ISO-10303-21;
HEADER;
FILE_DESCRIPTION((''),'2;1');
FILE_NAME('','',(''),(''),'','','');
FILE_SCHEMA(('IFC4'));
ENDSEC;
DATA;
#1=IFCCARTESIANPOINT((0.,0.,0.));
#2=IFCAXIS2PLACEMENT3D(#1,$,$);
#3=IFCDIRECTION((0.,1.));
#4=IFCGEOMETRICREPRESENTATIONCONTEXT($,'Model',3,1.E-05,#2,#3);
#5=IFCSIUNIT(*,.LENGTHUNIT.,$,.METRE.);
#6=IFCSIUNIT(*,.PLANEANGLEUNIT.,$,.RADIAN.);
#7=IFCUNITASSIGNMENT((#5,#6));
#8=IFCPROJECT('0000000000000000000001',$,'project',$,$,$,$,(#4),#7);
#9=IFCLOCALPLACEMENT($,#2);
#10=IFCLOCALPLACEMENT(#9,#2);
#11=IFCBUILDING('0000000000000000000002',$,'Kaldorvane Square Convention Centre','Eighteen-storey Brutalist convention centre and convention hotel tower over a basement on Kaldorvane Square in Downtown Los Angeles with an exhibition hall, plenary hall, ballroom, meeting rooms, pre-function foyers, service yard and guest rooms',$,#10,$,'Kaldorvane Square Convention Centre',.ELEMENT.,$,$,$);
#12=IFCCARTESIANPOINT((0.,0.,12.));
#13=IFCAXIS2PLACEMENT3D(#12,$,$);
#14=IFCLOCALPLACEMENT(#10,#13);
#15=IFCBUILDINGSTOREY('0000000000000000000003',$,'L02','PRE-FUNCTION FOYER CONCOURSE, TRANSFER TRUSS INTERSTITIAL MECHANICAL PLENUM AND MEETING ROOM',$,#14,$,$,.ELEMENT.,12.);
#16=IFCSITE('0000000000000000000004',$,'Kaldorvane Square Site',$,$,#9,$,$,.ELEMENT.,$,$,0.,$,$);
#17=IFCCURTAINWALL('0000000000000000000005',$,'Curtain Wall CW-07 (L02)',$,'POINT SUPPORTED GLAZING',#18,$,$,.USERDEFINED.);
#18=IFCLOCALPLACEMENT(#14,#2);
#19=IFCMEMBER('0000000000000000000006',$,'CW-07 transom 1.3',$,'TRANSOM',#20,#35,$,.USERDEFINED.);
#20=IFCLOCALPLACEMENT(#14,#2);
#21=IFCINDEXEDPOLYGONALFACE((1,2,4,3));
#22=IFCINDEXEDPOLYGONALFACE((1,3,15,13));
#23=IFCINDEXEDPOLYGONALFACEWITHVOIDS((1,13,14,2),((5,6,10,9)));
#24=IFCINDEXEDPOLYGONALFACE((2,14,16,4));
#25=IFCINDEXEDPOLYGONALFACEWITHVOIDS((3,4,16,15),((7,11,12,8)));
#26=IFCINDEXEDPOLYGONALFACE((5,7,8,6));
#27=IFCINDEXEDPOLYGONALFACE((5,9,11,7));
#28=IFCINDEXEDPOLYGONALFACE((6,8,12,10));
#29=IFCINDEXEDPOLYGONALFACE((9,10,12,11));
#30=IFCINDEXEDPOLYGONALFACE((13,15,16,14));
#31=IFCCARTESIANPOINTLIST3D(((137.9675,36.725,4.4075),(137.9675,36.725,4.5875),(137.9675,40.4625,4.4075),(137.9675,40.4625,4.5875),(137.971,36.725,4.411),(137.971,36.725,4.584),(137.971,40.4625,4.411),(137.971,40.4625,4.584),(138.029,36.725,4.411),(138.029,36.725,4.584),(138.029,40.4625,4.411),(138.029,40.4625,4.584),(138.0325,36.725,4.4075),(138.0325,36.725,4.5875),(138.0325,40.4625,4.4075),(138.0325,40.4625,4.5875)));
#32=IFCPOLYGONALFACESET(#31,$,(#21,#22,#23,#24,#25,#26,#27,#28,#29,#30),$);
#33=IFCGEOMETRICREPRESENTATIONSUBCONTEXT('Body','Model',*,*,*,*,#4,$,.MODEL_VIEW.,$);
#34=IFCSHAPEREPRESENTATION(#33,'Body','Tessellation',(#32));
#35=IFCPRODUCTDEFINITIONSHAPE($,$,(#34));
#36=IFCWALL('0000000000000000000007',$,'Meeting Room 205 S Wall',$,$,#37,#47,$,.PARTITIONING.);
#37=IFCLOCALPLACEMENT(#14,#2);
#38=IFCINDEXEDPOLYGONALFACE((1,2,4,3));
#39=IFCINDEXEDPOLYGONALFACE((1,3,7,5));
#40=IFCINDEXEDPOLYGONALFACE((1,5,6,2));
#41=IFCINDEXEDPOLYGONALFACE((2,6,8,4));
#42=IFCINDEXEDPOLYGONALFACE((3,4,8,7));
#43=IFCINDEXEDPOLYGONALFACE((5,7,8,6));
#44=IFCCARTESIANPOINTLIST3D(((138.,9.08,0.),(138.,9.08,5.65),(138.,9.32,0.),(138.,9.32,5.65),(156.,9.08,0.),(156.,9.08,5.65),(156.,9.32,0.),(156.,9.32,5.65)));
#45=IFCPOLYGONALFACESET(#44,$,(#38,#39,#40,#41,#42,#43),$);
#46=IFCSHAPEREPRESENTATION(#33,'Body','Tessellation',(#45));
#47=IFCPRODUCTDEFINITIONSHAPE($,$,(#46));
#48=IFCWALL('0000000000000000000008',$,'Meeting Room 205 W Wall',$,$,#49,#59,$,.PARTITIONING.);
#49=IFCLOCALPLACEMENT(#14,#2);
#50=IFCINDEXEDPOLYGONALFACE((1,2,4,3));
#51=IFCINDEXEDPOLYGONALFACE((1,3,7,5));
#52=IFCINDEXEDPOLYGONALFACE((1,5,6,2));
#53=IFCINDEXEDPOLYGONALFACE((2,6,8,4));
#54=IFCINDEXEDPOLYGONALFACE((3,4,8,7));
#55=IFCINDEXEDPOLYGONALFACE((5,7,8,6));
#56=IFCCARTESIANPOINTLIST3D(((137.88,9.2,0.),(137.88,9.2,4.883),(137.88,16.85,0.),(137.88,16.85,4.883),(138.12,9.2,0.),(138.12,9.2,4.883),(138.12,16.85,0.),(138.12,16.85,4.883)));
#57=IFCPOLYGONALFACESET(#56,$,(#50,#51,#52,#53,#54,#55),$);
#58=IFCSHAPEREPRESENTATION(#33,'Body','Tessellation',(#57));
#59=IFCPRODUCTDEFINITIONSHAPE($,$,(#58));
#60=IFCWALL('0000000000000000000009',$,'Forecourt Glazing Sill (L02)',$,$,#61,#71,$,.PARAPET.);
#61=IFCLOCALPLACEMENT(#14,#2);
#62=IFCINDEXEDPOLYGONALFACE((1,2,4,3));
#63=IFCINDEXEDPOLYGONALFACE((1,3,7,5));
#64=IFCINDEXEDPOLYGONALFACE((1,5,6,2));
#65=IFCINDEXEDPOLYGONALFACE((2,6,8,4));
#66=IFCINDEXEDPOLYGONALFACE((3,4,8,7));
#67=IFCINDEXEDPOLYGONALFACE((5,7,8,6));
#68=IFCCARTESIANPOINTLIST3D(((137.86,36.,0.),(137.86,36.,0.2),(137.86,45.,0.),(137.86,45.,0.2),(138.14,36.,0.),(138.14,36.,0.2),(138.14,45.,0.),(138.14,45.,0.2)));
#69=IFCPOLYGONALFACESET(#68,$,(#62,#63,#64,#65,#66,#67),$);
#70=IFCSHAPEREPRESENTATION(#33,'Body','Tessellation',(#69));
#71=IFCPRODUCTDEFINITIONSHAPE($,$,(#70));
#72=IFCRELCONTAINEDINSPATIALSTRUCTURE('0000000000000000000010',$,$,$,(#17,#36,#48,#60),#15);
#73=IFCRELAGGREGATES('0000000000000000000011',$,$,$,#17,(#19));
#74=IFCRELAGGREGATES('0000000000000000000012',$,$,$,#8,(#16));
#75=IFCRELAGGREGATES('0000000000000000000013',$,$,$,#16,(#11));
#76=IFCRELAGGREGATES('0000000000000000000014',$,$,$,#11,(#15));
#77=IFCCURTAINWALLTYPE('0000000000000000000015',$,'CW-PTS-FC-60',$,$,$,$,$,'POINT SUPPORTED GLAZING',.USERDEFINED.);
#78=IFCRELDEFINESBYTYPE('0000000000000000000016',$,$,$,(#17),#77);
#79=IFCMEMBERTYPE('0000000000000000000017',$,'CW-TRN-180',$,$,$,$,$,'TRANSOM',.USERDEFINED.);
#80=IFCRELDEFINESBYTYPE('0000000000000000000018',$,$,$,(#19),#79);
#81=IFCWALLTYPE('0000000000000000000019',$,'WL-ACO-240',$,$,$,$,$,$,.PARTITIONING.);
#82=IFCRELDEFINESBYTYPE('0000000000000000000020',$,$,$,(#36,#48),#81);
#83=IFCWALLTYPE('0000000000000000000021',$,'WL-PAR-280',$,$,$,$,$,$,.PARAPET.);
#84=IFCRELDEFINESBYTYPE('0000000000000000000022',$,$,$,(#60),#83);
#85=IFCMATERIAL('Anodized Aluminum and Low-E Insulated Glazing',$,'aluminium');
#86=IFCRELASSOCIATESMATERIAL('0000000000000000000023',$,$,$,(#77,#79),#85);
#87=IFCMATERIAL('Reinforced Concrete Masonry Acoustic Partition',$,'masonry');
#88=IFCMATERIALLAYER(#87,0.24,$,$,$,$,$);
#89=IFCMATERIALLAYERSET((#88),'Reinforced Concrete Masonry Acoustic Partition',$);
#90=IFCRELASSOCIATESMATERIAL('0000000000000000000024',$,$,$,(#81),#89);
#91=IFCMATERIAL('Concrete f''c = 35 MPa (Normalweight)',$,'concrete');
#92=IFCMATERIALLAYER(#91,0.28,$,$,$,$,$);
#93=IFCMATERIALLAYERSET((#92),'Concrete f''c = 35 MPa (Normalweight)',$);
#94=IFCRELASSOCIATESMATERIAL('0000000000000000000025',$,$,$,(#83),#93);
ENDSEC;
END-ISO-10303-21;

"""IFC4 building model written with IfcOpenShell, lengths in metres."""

from ifc_helpers import new_model, si_unit, direction, frame, frame_2d, origin, origin_2d, place, context, subcontext, project, spatial, rectangle, hollow_rectangle, extrude, material, layer, layer_set, material_profile, profile_set, type_object, element, aggregate, save


model = new_model("IFC4")

# Units and contexts
model_context = context("Model", 3, precision=1e-05, world=origin(), true_north=direction((0.0, 1.0)))
body_context = subcontext(model_context, "Body", "Model", "MODEL_VIEW")
ifc_project = project(units=[si_unit("LENGTHUNIT", "METRE"), si_unit("PLANEANGLEUNIT", "RADIAN")], contexts=[model_context])

# Site, building, storey
site_placement = place(None, origin())
site = spatial("IfcSite", under=ifc_project, at=site_placement, Name="Kaldorvane Square Site", CompositionType="ELEMENT", RefElevation=0.0)
building_placement = place(site_placement, origin())
building = spatial("IfcBuilding", under=site, at=building_placement, Name="Kaldorvane Square Convention Centre", Description="Eighteen-storey Brutalist convention centre and convention hotel tower over a basement on Kaldorvane Square in Downtown Los Angeles with an exhibition hall, plenary hall, ballroom, meeting rooms, pre-function foyers, service yard and guest rooms", LongName="Kaldorvane Square Convention Centre", CompositionType="ELEMENT")
storey_placement = place(building_placement, frame((0.0, 0.0, 12.0)))
storey = spatial("IfcBuildingStorey", under=building, at=storey_placement, Name="L02", Description="PRE-FUNCTION FOYER CONCOURSE, TRANSFER TRUSS INTERSTITIAL MECHANICAL PLENUM AND MEETING ROOM", CompositionType="ELEMENT", Elevation=12.0)

# Curtain wall, member
ifc_material_1 = material(Name="Anodized Aluminum and Low-E Insulated Glazing", Category="aluminium")
curtain_wall_type = type_object("IfcCurtainWallType", Name="CW-PTS-FC-60", ElementType="POINT SUPPORTED GLAZING", PredefinedType="USERDEFINED", material=ifc_material_1)
curtain_wall_placement = place(storey_placement, origin())
curtain_wall = element("IfcCurtainWall", 1, at=curtain_wall_placement, inside=storey, type_object=curtain_wall_type, Name="Curtain Wall CW-07 (L02)", ObjectType="POINT SUPPORTED GLAZING", PredefinedType="USERDEFINED")
ifc_material_profile_1 = material_profile(ifc_material_1, hollow_rectangle(XDim=0.065, YDim=0.18, WallThickness=0.0035, at=origin_2d()), Name="CWT-180X65")
ifc_profile_set_1 = profile_set([ifc_material_profile_1], Name="Anodized Aluminum and Low-E Insulated Glazing")
member_type_1 = type_object("IfcMemberType", Name="CW-TRN-180", ElementType="TRANSOM", PredefinedType="USERDEFINED", material=ifc_profile_set_1)
member_1_placement = place(storey_placement, frame((138.0, 36.725, 4.4975), z_axis=(0.0, 1.0, 0.0), x_axis=(-1.0, 0.0, 0.0)))
member_1 = element("IfcMember", 2, at=member_1_placement, type_object=member_type_1, Name="CW-07 transom 1.3", ObjectType="TRANSOM", PredefinedType="USERDEFINED", context=body_context, shape_type="SweptSolid", body=[
    extrude(hollow_rectangle(XDim=0.065, YDim=0.18, WallThickness=0.0035, at=origin_2d()), origin(), (0.0, 0.0, 1.0), 3.7375),
])
aggregate(curtain_wall, [member_1])

# Walls
ifc_material_2 = material(Name="Reinforced Concrete Masonry Acoustic Partition", Category="masonry")
ifc_layer_1 = layer(ifc_material_2, 0.24)
ifc_layer_set_1 = layer_set([ifc_layer_1], Name="Reinforced Concrete Masonry Acoustic Partition")
wall_type_1 = type_object("IfcWallType", Name="WL-ACO-240", PredefinedType="PARTITIONING", material=ifc_layer_set_1)
wall_1_placement = place(storey_placement, frame((138.0, 9.2, 0.0), z_axis=(0.0, 0.0, 1.0), x_axis=(1.0, 0.0, 0.0)))
element("IfcWall", 3, at=wall_1_placement, inside=storey, type_object=wall_type_1, Name="Meeting Room 205 S Wall", PredefinedType="PARTITIONING", context=body_context, shape_type="SweptSolid", body=[
    extrude(rectangle(XDim=18.0, YDim=0.24, at=frame_2d((9.0, 0.0))), origin(), (0.0, 0.0, 1.0), 5.65),
])
wall_2_placement = place(storey_placement, frame((138.0, 16.85, 0.0), z_axis=(0.0, 0.0, 1.0), x_axis=(0.0, -1.0, 0.0)))
element("IfcWall", 4, at=wall_2_placement, inside=storey, type_object=wall_type_1, Name="Meeting Room 205 W Wall", PredefinedType="PARTITIONING", context=body_context, shape_type="SweptSolid", body=[
    extrude(rectangle(XDim=7.65, YDim=0.24, at=frame_2d((3.825, 0.0))), origin(), (0.0, 0.0, 1.0), 4.883),
])
ifc_material_3 = material(Name="Concrete f'c = 35 MPa (Normalweight)", Category="concrete")
ifc_layer_2 = layer(ifc_material_3, 0.28)
ifc_layer_set_2 = layer_set([ifc_layer_2], Name="Concrete f'c = 35 MPa (Normalweight)")
wall_type_2 = type_object("IfcWallType", Name="WL-PAR-280", PredefinedType="PARAPET", material=ifc_layer_set_2)
wall_3_placement = place(storey_placement, frame((138.0, 36.0, 0.0), z_axis=(0.0, 0.0, 1.0), x_axis=(0.0, 1.0, 0.0)))
element("IfcWall", 5, at=wall_3_placement, inside=storey, type_object=wall_type_2, Name="Forecourt Glazing Sill (L02)", PredefinedType="PARAPET", context=body_context, shape_type="SweptSolid", body=[
    extrude(rectangle(XDim=9.0, YDim=0.28, at=frame_2d((4.5, 0.0))), origin(), (0.0, 0.0, 1.0), 0.2),
])

save(model, "model.ifc")
